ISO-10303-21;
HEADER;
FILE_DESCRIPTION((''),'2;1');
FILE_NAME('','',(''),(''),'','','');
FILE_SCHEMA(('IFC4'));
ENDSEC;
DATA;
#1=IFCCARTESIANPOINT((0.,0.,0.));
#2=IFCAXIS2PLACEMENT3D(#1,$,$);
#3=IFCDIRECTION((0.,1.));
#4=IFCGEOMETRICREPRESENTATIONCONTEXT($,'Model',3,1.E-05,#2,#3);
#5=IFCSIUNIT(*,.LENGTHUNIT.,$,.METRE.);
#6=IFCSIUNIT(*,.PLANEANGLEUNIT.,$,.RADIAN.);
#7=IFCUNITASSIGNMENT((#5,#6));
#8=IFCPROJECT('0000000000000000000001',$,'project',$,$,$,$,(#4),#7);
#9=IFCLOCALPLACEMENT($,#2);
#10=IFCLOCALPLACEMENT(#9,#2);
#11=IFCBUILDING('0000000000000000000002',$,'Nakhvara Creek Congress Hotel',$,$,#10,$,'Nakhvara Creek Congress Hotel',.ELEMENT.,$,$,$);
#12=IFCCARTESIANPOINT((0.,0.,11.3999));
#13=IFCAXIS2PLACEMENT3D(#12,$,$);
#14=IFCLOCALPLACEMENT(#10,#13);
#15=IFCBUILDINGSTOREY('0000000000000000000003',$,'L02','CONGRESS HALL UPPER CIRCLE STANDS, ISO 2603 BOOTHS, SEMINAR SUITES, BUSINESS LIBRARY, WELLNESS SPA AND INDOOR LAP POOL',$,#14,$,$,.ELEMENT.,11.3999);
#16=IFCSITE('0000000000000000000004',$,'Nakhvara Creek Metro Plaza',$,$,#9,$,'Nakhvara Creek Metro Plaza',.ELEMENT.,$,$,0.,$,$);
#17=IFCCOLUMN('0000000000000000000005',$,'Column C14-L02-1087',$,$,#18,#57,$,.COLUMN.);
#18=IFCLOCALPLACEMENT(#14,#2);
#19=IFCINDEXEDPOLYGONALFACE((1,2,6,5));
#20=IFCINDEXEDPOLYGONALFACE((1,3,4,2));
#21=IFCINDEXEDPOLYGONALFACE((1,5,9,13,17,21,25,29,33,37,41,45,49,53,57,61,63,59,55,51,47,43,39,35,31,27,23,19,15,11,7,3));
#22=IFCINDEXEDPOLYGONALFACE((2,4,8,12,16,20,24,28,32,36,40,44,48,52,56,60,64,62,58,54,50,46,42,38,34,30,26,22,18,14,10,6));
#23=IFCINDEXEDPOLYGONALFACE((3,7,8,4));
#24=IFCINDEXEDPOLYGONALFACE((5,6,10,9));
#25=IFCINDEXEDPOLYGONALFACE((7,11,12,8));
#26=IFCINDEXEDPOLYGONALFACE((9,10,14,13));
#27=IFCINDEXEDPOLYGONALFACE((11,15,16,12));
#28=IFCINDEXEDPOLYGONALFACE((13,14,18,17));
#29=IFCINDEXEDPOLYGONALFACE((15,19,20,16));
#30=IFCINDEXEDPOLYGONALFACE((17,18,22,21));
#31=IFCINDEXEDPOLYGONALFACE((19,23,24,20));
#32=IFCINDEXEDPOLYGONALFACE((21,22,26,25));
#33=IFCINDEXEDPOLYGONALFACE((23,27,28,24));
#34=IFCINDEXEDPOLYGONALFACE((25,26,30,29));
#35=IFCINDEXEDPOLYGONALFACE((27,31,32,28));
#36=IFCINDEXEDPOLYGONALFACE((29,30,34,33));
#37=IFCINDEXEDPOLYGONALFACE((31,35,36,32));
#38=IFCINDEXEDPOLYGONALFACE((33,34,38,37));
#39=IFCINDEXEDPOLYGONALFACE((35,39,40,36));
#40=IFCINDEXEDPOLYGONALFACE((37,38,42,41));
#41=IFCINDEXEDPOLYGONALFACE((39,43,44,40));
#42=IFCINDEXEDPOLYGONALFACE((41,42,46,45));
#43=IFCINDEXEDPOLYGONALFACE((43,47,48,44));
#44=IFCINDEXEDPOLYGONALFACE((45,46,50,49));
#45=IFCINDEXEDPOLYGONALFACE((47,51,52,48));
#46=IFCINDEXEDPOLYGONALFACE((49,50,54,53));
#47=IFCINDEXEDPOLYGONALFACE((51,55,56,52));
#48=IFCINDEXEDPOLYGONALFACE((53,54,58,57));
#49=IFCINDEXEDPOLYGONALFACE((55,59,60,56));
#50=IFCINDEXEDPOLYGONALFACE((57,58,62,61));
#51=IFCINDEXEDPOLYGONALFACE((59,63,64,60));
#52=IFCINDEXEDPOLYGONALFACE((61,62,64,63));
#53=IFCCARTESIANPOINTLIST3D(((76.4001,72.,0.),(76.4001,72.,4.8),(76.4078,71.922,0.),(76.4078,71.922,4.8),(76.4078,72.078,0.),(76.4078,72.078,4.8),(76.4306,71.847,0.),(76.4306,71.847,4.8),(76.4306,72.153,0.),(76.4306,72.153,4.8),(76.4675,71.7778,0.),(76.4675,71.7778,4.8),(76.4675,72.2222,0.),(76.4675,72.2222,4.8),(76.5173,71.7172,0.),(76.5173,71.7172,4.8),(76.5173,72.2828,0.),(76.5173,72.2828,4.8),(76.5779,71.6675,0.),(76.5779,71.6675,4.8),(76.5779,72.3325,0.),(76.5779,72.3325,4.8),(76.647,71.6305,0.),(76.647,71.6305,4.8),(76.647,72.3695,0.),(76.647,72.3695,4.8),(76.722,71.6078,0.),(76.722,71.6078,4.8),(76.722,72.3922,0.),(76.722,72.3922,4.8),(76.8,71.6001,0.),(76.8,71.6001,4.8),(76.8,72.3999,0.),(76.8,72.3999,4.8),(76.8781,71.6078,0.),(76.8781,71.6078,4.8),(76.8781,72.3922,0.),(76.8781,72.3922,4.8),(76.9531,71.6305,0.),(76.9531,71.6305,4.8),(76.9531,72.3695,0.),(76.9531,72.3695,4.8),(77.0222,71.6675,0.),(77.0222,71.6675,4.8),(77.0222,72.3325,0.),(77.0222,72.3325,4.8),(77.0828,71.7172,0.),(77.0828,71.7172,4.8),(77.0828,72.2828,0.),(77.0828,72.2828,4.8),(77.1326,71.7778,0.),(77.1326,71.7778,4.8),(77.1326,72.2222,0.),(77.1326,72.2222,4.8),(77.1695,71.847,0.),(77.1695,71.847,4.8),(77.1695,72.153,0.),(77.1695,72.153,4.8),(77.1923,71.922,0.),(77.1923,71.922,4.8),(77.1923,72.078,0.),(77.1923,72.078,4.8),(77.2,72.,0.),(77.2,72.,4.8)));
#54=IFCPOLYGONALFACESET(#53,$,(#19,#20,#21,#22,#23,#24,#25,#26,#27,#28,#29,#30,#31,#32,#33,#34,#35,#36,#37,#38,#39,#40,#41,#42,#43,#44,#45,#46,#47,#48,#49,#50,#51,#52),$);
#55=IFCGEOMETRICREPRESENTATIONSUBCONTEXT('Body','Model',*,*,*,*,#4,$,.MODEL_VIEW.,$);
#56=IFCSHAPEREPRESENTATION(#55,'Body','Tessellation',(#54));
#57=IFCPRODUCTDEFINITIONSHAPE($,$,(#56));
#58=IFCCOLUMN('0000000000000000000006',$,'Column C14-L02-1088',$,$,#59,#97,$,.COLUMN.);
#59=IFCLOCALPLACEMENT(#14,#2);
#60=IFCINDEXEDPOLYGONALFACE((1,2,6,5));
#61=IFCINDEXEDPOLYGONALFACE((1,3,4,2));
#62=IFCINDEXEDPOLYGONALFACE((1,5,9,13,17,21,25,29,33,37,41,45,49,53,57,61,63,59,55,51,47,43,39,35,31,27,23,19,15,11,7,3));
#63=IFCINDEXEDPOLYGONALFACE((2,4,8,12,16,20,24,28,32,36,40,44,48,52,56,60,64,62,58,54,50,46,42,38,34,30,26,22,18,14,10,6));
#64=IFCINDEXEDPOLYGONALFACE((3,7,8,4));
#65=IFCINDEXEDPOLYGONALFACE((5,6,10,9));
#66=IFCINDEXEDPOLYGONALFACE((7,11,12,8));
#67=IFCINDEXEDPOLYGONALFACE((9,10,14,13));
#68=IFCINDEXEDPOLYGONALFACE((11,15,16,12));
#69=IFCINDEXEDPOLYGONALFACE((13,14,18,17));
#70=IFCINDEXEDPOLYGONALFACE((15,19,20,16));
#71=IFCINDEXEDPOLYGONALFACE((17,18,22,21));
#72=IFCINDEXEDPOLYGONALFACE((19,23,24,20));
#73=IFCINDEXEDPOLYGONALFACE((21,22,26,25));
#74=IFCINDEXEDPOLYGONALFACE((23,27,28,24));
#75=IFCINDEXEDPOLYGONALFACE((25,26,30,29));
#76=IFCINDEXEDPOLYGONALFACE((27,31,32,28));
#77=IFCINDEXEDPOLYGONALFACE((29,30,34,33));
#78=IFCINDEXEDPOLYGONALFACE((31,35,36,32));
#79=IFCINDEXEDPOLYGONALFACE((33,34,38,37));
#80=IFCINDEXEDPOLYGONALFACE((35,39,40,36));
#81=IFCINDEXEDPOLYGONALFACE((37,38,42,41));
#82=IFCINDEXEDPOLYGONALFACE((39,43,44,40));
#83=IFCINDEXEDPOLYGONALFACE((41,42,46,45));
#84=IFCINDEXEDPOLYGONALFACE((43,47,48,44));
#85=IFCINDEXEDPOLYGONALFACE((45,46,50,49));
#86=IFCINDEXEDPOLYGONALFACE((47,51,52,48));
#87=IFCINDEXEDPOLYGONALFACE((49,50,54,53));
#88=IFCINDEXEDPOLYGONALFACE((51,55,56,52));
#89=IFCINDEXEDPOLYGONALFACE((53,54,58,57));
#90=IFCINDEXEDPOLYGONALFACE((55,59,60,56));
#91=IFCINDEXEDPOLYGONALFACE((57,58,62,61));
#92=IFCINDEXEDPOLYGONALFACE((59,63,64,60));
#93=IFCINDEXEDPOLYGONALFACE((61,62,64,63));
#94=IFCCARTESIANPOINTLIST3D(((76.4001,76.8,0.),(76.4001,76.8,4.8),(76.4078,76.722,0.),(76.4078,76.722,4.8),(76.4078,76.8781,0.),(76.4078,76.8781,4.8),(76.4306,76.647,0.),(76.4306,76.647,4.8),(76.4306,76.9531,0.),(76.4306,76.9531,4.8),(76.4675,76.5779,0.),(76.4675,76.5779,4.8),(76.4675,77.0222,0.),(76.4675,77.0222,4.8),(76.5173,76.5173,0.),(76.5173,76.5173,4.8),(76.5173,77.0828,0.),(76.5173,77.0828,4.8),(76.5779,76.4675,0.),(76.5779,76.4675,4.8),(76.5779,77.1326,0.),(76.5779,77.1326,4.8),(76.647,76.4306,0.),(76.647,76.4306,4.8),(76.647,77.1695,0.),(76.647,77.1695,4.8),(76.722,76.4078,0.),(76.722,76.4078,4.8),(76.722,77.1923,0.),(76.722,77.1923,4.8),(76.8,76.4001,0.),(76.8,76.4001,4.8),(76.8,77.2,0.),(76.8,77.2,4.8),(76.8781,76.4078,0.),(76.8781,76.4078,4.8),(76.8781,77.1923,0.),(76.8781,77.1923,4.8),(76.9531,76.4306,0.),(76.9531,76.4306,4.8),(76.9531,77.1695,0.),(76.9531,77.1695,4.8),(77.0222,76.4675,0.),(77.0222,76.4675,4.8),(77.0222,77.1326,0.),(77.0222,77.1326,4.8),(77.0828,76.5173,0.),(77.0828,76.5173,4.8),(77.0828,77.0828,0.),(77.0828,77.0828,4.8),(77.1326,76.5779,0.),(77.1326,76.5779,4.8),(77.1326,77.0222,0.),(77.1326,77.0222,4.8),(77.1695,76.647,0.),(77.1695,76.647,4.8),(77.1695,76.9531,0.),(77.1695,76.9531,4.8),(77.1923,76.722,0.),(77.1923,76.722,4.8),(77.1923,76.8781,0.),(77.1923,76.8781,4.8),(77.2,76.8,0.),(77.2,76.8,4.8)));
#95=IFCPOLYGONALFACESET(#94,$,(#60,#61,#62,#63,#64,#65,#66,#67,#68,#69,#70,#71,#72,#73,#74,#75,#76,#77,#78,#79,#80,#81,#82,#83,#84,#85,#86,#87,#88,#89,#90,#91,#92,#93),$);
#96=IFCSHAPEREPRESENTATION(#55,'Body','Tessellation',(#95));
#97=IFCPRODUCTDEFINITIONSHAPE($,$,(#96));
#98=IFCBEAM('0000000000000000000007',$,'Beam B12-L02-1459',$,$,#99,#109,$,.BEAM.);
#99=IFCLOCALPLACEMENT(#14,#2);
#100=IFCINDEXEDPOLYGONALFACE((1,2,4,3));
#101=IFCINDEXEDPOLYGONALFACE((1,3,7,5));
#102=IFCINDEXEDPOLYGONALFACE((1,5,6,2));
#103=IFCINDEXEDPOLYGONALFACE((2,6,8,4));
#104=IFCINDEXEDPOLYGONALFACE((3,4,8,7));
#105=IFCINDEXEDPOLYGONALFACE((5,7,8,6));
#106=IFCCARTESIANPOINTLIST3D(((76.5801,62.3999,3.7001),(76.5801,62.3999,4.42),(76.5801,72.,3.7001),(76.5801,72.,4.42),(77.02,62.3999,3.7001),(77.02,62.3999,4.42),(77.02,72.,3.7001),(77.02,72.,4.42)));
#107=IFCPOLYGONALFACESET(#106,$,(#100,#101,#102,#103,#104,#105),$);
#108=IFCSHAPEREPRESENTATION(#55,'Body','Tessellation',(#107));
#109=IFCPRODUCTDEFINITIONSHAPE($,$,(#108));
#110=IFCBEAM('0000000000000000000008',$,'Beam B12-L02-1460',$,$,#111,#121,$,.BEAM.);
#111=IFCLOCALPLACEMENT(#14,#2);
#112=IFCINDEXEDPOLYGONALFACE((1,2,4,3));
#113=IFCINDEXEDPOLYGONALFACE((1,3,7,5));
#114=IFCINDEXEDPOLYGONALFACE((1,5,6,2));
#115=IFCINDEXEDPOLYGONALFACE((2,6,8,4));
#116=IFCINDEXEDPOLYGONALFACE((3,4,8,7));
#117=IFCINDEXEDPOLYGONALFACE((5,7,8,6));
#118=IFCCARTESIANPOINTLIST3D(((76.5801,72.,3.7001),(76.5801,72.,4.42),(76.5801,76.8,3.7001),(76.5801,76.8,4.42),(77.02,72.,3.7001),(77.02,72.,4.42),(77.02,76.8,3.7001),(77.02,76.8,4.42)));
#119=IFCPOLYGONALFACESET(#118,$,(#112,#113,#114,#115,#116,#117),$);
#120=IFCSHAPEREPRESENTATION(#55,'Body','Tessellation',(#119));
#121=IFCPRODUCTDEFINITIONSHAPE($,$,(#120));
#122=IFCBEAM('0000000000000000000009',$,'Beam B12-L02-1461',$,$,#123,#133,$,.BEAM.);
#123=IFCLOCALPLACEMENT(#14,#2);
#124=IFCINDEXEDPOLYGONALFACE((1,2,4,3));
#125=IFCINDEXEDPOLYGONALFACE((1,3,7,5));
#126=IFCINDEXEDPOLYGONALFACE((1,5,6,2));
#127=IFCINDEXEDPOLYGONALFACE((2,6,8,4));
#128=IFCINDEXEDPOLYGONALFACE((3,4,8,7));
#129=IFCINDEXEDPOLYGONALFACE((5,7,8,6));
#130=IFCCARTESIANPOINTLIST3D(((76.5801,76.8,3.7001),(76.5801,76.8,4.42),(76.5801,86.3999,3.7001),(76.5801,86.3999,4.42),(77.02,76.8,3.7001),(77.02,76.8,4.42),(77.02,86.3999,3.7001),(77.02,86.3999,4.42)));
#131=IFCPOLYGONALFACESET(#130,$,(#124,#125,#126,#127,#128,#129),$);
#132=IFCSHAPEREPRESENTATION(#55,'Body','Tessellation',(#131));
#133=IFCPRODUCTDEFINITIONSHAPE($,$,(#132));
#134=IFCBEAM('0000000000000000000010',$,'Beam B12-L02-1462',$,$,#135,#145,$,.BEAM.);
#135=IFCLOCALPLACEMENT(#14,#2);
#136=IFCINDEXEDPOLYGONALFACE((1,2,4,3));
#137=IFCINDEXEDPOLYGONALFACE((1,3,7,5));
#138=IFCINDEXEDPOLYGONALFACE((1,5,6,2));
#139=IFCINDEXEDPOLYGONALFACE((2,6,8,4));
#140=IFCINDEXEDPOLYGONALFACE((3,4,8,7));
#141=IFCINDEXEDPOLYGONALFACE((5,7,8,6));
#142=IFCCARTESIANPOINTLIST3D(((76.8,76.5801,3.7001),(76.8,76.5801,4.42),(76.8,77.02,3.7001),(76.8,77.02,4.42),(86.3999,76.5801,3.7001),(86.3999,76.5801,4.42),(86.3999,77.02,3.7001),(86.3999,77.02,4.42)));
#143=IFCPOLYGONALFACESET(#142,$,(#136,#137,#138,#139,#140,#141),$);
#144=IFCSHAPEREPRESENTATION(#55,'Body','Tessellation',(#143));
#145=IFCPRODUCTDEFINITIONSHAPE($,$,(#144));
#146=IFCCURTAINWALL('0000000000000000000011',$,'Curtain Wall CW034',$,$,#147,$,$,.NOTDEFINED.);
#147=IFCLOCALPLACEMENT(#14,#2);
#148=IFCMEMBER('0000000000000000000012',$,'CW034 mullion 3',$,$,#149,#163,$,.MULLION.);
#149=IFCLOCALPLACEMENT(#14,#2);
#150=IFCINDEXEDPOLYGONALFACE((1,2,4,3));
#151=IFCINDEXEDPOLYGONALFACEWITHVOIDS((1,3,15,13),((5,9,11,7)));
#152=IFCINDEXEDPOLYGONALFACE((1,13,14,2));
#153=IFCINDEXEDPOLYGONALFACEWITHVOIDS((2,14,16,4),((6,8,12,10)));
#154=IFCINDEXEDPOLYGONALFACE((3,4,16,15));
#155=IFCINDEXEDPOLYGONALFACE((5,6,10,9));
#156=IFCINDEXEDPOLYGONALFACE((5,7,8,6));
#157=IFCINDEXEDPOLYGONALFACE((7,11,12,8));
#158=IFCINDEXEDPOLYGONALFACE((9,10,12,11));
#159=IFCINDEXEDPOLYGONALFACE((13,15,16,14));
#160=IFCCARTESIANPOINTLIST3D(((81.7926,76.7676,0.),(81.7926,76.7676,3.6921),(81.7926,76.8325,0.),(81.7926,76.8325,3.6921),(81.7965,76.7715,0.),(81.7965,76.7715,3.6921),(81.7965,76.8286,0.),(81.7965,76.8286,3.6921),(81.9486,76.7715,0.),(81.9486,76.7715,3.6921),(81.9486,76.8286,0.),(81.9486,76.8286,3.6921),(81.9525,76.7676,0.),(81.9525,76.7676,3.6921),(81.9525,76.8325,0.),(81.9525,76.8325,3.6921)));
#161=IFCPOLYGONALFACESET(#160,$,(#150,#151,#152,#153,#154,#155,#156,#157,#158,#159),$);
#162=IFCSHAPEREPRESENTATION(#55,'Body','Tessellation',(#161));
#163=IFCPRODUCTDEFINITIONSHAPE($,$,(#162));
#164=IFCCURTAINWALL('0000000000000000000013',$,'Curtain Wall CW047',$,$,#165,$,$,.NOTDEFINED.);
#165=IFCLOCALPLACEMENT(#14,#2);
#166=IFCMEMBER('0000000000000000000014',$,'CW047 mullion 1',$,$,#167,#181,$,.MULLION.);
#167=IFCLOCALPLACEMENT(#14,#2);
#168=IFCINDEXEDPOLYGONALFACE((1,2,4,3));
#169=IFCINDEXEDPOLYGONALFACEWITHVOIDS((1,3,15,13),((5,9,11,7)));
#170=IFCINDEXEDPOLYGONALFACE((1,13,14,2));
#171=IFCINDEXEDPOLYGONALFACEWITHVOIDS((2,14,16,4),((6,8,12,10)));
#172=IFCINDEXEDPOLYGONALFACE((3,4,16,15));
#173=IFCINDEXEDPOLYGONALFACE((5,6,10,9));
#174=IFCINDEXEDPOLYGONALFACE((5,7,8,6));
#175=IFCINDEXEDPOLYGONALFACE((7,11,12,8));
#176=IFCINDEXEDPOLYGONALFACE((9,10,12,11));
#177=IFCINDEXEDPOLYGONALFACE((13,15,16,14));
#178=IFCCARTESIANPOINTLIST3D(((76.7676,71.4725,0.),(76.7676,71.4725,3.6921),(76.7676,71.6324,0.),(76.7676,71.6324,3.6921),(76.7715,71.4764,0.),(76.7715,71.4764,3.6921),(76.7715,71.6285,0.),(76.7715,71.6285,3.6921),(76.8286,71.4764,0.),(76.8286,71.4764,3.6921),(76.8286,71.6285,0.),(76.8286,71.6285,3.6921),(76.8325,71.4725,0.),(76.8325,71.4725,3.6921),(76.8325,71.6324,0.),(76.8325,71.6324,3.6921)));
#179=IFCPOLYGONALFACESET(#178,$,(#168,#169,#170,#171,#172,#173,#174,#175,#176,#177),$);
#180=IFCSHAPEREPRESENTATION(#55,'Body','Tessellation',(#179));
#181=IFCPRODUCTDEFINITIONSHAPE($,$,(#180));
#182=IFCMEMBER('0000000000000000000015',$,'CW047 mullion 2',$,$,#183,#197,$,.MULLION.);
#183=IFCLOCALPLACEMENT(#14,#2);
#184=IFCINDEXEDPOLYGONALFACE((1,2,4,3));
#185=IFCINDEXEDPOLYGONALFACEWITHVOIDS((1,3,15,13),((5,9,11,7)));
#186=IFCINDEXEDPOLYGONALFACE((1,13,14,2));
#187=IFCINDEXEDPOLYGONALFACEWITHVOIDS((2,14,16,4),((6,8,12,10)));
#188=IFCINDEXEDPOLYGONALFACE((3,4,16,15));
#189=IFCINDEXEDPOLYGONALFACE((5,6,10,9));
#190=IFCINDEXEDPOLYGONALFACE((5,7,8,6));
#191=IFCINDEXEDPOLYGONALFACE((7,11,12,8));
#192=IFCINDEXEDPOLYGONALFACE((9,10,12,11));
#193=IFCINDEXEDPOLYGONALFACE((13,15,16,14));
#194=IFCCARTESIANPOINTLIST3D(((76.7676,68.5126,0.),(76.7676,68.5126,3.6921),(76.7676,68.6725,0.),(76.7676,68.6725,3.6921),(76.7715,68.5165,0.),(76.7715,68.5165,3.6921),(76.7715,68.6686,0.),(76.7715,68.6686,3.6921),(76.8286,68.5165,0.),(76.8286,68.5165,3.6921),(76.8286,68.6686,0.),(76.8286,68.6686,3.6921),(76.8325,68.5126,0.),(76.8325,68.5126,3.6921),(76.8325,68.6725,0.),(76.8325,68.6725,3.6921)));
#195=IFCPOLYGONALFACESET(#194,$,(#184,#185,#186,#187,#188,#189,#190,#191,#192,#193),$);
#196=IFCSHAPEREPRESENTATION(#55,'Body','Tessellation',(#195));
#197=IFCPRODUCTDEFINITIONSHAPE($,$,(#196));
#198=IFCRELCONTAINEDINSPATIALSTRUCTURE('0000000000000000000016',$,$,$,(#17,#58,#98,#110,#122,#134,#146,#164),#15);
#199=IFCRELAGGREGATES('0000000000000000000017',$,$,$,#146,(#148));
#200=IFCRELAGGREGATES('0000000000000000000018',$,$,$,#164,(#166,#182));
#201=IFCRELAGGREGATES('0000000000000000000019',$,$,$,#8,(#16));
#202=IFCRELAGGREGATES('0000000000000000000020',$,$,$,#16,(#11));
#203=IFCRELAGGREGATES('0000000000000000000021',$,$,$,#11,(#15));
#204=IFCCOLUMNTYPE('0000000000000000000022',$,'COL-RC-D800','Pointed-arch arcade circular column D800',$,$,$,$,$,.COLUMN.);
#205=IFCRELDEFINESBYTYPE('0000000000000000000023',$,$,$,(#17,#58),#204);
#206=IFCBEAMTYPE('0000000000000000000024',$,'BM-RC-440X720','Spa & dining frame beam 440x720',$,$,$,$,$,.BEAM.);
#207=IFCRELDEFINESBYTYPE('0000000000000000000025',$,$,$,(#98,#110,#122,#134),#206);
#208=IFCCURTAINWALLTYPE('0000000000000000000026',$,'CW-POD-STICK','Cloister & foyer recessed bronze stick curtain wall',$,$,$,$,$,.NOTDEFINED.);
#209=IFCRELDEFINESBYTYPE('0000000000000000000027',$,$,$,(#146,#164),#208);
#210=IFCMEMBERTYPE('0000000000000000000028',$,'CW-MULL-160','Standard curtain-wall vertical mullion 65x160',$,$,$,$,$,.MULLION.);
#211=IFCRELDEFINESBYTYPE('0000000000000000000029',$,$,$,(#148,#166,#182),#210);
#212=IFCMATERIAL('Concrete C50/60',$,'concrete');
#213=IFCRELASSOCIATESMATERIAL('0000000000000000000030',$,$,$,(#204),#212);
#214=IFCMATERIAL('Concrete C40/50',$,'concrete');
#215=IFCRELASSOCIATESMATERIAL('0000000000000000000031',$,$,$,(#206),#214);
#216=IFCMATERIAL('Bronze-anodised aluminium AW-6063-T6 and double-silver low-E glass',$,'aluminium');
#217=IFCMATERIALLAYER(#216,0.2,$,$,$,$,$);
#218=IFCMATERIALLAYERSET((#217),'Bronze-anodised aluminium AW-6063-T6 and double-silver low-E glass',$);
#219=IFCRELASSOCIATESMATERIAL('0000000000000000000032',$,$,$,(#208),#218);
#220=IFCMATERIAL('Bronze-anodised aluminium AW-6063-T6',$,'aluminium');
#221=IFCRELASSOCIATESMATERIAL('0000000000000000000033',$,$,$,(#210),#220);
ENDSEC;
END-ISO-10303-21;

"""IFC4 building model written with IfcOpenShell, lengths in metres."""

from ifc_helpers import new_model, si_unit, direction, frame, origin, origin_2d, place, context, subcontext, project, spatial, rectangle, hollow_rectangle, circle, extrude, material, layer, layer_set, material_profile, profile_set, type_object, element, aggregate, save


model = new_model("IFC4")

# Units and contexts
model_context = context("Model", 3, precision=1e-05, world=origin(), true_north=direction((0.0, 1.0)))
body_context = subcontext(model_context, "Body", "Model", "MODEL_VIEW")
ifc_project = project(units=[si_unit("LENGTHUNIT", "METRE"), si_unit("PLANEANGLEUNIT", "RADIAN")], contexts=[model_context])

# Site, building, storey
site_placement = place(None, origin())
site = spatial("IfcSite", under=ifc_project, at=site_placement, Name="Nakhvara Creek Metro Plaza", LongName="Nakhvara Creek Metro Plaza", CompositionType="ELEMENT", RefElevation=0.0)
building_placement = place(site_placement, origin())
building = spatial("IfcBuilding", under=site, at=building_placement, Name="Nakhvara Creek Congress Hotel", LongName="Nakhvara Creek Congress Hotel", CompositionType="ELEMENT")
storey_placement = place(building_placement, frame((0.0, 0.0, 11.3999)))
storey = spatial("IfcBuildingStorey", under=building, at=storey_placement, Name="L02", Description="CONGRESS HALL UPPER CIRCLE STANDS, ISO 2603 BOOTHS, SEMINAR SUITES, BUSINESS LIBRARY, WELLNESS SPA AND INDOOR LAP POOL", CompositionType="ELEMENT", Elevation=11.3999)

# Columns
ifc_material_1 = material(Name="Concrete C50/60", Category="concrete")
ifc_material_profile_1 = material_profile(ifc_material_1, circle(Radius=0.3999, at=origin_2d()), Name="RC-COL D800", Category="LoadBearing")
ifc_profile_set_1 = profile_set([ifc_material_profile_1], Name="Concrete C50/60")
column_type = type_object("IfcColumnType", Name="COL-RC-D800", Description="Pointed-arch arcade circular column D800", PredefinedType="COLUMN", material=ifc_profile_set_1)
for number, where, z_axis, x_axis, name in (
    (1, (76.8, 72.0, 0.0), (0.0, 0.0, 1.0), (1.0, 0.0, 0.0), "Column C14-L02-1087"),
    (2, (76.8, 76.8, 0.0), (0.0, 0.0, 1.0), (1.0, 0.0, 0.0), "Column C14-L02-1088"),
):
    element("IfcColumn", number, at=place(storey_placement, frame(where, z_axis=z_axis, x_axis=x_axis)), inside=storey, type_object=column_type, Name=name, PredefinedType="COLUMN", context=body_context, shape_type="SweptSolid", body=[
        extrude(circle(Radius=0.3999, at=origin_2d()), origin(), (0.0, 0.0, 1.0), 4.8),
    ])

# Beams
ifc_material_2 = material(Name="Concrete C40/50", Category="concrete")
ifc_material_profile_2 = material_profile(ifc_material_2, rectangle(XDim=0.4399, YDim=0.72, at=origin_2d()), Name="RC-BM 440x720", Category="LoadBearing")
ifc_profile_set_2 = profile_set([ifc_material_profile_2], Name="Concrete C40/50")
beam_type = type_object("IfcBeamType", Name="BM-RC-440X720", Description="Spa & dining frame beam 440x720", PredefinedType="BEAM", material=ifc_profile_set_2)
beam_1_placement = place(storey_placement, frame((76.8, 62.3999, 4.0601), z_axis=(0.0, 1.0, 0.0), x_axis=(-1.0, 0.0, 0.0)))
element("IfcBeam", 3, at=beam_1_placement, inside=storey, type_object=beam_type, Name="Beam B12-L02-1459", PredefinedType="BEAM", context=body_context, shape_type="SweptSolid", body=[
    extrude(rectangle(XDim=0.4399, YDim=0.72, at=origin_2d()), origin(), (0.0, 0.0, 1.0), 9.6001),
])
beam_2_placement = place(storey_placement, frame((76.8, 72.0, 4.0601), z_axis=(0.0, 1.0, 0.0), x_axis=(-1.0, 0.0, 0.0)))
element("IfcBeam", 4, at=beam_2_placement, inside=storey, type_object=beam_type, Name="Beam B12-L02-1460", PredefinedType="BEAM", context=body_context, shape_type="SweptSolid", body=[
    extrude(rectangle(XDim=0.4399, YDim=0.72, at=origin_2d()), origin(), (0.0, 0.0, 1.0), 4.8),
])
for number, where, z_axis, x_axis, name in (
    (5, (76.8, 76.8, 4.0601), (0.0, 1.0, 0.0), (-1.0, 0.0, 0.0), "Beam B12-L02-1461"),
    (6, (76.8, 76.8, 4.0601), (1.0, 0.0, 0.0), (0.0, 1.0, 0.0), "Beam B12-L02-1462"),
):
    element("IfcBeam", number, at=place(storey_placement, frame(where, z_axis=z_axis, x_axis=x_axis)), inside=storey, type_object=beam_type, Name=name, PredefinedType="BEAM", context=body_context, shape_type="SweptSolid", body=[
        extrude(rectangle(XDim=0.4399, YDim=0.72, at=origin_2d()), origin(), (0.0, 0.0, 1.0), 9.5999),
    ])

# Curtain wall, member
ifc_material_3 = material(Name="Bronze-anodised aluminium AW-6063-T6 and double-silver low-E glass", Category="aluminium")
ifc_layer = layer(ifc_material_3, 0.2)
ifc_layer_set = layer_set([ifc_layer], Name="Bronze-anodised aluminium AW-6063-T6 and double-silver low-E glass")
curtain_wall_type = type_object("IfcCurtainWallType", Name="CW-POD-STICK", Description="Cloister & foyer recessed bronze stick curtain wall", PredefinedType="NOTDEFINED", material=ifc_layer_set)
curtain_wall_1_placement = place(storey_placement, origin())
curtain_wall_1 = element("IfcCurtainWall", 7, at=curtain_wall_1_placement, inside=storey, type_object=curtain_wall_type, Name="Curtain Wall CW034", PredefinedType="NOTDEFINED")
ifc_material_4 = material(Name="Bronze-anodised aluminium AW-6063-T6", Category="aluminium")
ifc_material_profile_3 = material_profile(ifc_material_4, hollow_rectangle(XDim=0.0649, YDim=0.1599, WallThickness=0.0039, at=origin_2d()), Name="ALU-MULL 65x160x4", Category="LoadBearing")
ifc_profile_set_3 = profile_set([ifc_material_profile_3], Name="Bronze-anodised aluminium AW-6063-T6")
member_type_1 = type_object("IfcMemberType", Name="CW-MULL-160", Description="Standard curtain-wall vertical mullion 65x160", PredefinedType="MULLION", material=ifc_profile_set_3)
member_1_placement = place(storey_placement, frame((81.8726, 76.8, 0.0), z_axis=(0.0, 0.0, 1.0), x_axis=(0.0, -1.0, 0.0)))
member_1 = element("IfcMember", 8, at=member_1_placement, type_object=member_type_1, Name="CW034 mullion 3", PredefinedType="MULLION", context=body_context, shape_type="SweptSolid", body=[
    extrude(hollow_rectangle(XDim=0.0649, YDim=0.1599, WallThickness=0.0039, at=origin_2d()), origin(), (0.0, 0.0, 1.0), 3.6921),
])

# Curtain wall, members
curtain_wall_2_placement = place(storey_placement, origin())
curtain_wall_2 = element("IfcCurtainWall", 9, at=curtain_wall_2_placement, inside=storey, type_object=curtain_wall_type, Name="Curtain Wall CW047", PredefinedType="NOTDEFINED")
member_2_placement = place(storey_placement, frame((76.8, 71.5525, 0.0), z_axis=(0.0, 0.0, 1.0), x_axis=(1.0, 0.0, 0.0)))
member_2 = element("IfcMember", 10, at=member_2_placement, type_object=member_type_1, Name="CW047 mullion 1", PredefinedType="MULLION", context=body_context, shape_type="SweptSolid", body=[
    extrude(hollow_rectangle(XDim=0.0649, YDim=0.1599, WallThickness=0.0039, at=origin_2d()), origin(), (0.0, 0.0, 1.0), 3.6921),
])
member_3_placement = place(storey_placement, frame((76.8, 68.5925, 0.0), z_axis=(0.0, 0.0, 1.0), x_axis=(1.0, 0.0, 0.0)))
member_3 = element("IfcMember", 11, at=member_3_placement, type_object=member_type_1, Name="CW047 mullion 2", PredefinedType="MULLION", context=body_context, shape_type="SweptSolid", body=[
    extrude(hollow_rectangle(XDim=0.0649, YDim=0.1599, WallThickness=0.0039, at=origin_2d()), origin(), (0.0, 0.0, 1.0), 3.6921),
])

aggregate(curtain_wall_1, [member_1])
aggregate(curtain_wall_2, [member_2, member_3])

save(model, "model.ifc")
